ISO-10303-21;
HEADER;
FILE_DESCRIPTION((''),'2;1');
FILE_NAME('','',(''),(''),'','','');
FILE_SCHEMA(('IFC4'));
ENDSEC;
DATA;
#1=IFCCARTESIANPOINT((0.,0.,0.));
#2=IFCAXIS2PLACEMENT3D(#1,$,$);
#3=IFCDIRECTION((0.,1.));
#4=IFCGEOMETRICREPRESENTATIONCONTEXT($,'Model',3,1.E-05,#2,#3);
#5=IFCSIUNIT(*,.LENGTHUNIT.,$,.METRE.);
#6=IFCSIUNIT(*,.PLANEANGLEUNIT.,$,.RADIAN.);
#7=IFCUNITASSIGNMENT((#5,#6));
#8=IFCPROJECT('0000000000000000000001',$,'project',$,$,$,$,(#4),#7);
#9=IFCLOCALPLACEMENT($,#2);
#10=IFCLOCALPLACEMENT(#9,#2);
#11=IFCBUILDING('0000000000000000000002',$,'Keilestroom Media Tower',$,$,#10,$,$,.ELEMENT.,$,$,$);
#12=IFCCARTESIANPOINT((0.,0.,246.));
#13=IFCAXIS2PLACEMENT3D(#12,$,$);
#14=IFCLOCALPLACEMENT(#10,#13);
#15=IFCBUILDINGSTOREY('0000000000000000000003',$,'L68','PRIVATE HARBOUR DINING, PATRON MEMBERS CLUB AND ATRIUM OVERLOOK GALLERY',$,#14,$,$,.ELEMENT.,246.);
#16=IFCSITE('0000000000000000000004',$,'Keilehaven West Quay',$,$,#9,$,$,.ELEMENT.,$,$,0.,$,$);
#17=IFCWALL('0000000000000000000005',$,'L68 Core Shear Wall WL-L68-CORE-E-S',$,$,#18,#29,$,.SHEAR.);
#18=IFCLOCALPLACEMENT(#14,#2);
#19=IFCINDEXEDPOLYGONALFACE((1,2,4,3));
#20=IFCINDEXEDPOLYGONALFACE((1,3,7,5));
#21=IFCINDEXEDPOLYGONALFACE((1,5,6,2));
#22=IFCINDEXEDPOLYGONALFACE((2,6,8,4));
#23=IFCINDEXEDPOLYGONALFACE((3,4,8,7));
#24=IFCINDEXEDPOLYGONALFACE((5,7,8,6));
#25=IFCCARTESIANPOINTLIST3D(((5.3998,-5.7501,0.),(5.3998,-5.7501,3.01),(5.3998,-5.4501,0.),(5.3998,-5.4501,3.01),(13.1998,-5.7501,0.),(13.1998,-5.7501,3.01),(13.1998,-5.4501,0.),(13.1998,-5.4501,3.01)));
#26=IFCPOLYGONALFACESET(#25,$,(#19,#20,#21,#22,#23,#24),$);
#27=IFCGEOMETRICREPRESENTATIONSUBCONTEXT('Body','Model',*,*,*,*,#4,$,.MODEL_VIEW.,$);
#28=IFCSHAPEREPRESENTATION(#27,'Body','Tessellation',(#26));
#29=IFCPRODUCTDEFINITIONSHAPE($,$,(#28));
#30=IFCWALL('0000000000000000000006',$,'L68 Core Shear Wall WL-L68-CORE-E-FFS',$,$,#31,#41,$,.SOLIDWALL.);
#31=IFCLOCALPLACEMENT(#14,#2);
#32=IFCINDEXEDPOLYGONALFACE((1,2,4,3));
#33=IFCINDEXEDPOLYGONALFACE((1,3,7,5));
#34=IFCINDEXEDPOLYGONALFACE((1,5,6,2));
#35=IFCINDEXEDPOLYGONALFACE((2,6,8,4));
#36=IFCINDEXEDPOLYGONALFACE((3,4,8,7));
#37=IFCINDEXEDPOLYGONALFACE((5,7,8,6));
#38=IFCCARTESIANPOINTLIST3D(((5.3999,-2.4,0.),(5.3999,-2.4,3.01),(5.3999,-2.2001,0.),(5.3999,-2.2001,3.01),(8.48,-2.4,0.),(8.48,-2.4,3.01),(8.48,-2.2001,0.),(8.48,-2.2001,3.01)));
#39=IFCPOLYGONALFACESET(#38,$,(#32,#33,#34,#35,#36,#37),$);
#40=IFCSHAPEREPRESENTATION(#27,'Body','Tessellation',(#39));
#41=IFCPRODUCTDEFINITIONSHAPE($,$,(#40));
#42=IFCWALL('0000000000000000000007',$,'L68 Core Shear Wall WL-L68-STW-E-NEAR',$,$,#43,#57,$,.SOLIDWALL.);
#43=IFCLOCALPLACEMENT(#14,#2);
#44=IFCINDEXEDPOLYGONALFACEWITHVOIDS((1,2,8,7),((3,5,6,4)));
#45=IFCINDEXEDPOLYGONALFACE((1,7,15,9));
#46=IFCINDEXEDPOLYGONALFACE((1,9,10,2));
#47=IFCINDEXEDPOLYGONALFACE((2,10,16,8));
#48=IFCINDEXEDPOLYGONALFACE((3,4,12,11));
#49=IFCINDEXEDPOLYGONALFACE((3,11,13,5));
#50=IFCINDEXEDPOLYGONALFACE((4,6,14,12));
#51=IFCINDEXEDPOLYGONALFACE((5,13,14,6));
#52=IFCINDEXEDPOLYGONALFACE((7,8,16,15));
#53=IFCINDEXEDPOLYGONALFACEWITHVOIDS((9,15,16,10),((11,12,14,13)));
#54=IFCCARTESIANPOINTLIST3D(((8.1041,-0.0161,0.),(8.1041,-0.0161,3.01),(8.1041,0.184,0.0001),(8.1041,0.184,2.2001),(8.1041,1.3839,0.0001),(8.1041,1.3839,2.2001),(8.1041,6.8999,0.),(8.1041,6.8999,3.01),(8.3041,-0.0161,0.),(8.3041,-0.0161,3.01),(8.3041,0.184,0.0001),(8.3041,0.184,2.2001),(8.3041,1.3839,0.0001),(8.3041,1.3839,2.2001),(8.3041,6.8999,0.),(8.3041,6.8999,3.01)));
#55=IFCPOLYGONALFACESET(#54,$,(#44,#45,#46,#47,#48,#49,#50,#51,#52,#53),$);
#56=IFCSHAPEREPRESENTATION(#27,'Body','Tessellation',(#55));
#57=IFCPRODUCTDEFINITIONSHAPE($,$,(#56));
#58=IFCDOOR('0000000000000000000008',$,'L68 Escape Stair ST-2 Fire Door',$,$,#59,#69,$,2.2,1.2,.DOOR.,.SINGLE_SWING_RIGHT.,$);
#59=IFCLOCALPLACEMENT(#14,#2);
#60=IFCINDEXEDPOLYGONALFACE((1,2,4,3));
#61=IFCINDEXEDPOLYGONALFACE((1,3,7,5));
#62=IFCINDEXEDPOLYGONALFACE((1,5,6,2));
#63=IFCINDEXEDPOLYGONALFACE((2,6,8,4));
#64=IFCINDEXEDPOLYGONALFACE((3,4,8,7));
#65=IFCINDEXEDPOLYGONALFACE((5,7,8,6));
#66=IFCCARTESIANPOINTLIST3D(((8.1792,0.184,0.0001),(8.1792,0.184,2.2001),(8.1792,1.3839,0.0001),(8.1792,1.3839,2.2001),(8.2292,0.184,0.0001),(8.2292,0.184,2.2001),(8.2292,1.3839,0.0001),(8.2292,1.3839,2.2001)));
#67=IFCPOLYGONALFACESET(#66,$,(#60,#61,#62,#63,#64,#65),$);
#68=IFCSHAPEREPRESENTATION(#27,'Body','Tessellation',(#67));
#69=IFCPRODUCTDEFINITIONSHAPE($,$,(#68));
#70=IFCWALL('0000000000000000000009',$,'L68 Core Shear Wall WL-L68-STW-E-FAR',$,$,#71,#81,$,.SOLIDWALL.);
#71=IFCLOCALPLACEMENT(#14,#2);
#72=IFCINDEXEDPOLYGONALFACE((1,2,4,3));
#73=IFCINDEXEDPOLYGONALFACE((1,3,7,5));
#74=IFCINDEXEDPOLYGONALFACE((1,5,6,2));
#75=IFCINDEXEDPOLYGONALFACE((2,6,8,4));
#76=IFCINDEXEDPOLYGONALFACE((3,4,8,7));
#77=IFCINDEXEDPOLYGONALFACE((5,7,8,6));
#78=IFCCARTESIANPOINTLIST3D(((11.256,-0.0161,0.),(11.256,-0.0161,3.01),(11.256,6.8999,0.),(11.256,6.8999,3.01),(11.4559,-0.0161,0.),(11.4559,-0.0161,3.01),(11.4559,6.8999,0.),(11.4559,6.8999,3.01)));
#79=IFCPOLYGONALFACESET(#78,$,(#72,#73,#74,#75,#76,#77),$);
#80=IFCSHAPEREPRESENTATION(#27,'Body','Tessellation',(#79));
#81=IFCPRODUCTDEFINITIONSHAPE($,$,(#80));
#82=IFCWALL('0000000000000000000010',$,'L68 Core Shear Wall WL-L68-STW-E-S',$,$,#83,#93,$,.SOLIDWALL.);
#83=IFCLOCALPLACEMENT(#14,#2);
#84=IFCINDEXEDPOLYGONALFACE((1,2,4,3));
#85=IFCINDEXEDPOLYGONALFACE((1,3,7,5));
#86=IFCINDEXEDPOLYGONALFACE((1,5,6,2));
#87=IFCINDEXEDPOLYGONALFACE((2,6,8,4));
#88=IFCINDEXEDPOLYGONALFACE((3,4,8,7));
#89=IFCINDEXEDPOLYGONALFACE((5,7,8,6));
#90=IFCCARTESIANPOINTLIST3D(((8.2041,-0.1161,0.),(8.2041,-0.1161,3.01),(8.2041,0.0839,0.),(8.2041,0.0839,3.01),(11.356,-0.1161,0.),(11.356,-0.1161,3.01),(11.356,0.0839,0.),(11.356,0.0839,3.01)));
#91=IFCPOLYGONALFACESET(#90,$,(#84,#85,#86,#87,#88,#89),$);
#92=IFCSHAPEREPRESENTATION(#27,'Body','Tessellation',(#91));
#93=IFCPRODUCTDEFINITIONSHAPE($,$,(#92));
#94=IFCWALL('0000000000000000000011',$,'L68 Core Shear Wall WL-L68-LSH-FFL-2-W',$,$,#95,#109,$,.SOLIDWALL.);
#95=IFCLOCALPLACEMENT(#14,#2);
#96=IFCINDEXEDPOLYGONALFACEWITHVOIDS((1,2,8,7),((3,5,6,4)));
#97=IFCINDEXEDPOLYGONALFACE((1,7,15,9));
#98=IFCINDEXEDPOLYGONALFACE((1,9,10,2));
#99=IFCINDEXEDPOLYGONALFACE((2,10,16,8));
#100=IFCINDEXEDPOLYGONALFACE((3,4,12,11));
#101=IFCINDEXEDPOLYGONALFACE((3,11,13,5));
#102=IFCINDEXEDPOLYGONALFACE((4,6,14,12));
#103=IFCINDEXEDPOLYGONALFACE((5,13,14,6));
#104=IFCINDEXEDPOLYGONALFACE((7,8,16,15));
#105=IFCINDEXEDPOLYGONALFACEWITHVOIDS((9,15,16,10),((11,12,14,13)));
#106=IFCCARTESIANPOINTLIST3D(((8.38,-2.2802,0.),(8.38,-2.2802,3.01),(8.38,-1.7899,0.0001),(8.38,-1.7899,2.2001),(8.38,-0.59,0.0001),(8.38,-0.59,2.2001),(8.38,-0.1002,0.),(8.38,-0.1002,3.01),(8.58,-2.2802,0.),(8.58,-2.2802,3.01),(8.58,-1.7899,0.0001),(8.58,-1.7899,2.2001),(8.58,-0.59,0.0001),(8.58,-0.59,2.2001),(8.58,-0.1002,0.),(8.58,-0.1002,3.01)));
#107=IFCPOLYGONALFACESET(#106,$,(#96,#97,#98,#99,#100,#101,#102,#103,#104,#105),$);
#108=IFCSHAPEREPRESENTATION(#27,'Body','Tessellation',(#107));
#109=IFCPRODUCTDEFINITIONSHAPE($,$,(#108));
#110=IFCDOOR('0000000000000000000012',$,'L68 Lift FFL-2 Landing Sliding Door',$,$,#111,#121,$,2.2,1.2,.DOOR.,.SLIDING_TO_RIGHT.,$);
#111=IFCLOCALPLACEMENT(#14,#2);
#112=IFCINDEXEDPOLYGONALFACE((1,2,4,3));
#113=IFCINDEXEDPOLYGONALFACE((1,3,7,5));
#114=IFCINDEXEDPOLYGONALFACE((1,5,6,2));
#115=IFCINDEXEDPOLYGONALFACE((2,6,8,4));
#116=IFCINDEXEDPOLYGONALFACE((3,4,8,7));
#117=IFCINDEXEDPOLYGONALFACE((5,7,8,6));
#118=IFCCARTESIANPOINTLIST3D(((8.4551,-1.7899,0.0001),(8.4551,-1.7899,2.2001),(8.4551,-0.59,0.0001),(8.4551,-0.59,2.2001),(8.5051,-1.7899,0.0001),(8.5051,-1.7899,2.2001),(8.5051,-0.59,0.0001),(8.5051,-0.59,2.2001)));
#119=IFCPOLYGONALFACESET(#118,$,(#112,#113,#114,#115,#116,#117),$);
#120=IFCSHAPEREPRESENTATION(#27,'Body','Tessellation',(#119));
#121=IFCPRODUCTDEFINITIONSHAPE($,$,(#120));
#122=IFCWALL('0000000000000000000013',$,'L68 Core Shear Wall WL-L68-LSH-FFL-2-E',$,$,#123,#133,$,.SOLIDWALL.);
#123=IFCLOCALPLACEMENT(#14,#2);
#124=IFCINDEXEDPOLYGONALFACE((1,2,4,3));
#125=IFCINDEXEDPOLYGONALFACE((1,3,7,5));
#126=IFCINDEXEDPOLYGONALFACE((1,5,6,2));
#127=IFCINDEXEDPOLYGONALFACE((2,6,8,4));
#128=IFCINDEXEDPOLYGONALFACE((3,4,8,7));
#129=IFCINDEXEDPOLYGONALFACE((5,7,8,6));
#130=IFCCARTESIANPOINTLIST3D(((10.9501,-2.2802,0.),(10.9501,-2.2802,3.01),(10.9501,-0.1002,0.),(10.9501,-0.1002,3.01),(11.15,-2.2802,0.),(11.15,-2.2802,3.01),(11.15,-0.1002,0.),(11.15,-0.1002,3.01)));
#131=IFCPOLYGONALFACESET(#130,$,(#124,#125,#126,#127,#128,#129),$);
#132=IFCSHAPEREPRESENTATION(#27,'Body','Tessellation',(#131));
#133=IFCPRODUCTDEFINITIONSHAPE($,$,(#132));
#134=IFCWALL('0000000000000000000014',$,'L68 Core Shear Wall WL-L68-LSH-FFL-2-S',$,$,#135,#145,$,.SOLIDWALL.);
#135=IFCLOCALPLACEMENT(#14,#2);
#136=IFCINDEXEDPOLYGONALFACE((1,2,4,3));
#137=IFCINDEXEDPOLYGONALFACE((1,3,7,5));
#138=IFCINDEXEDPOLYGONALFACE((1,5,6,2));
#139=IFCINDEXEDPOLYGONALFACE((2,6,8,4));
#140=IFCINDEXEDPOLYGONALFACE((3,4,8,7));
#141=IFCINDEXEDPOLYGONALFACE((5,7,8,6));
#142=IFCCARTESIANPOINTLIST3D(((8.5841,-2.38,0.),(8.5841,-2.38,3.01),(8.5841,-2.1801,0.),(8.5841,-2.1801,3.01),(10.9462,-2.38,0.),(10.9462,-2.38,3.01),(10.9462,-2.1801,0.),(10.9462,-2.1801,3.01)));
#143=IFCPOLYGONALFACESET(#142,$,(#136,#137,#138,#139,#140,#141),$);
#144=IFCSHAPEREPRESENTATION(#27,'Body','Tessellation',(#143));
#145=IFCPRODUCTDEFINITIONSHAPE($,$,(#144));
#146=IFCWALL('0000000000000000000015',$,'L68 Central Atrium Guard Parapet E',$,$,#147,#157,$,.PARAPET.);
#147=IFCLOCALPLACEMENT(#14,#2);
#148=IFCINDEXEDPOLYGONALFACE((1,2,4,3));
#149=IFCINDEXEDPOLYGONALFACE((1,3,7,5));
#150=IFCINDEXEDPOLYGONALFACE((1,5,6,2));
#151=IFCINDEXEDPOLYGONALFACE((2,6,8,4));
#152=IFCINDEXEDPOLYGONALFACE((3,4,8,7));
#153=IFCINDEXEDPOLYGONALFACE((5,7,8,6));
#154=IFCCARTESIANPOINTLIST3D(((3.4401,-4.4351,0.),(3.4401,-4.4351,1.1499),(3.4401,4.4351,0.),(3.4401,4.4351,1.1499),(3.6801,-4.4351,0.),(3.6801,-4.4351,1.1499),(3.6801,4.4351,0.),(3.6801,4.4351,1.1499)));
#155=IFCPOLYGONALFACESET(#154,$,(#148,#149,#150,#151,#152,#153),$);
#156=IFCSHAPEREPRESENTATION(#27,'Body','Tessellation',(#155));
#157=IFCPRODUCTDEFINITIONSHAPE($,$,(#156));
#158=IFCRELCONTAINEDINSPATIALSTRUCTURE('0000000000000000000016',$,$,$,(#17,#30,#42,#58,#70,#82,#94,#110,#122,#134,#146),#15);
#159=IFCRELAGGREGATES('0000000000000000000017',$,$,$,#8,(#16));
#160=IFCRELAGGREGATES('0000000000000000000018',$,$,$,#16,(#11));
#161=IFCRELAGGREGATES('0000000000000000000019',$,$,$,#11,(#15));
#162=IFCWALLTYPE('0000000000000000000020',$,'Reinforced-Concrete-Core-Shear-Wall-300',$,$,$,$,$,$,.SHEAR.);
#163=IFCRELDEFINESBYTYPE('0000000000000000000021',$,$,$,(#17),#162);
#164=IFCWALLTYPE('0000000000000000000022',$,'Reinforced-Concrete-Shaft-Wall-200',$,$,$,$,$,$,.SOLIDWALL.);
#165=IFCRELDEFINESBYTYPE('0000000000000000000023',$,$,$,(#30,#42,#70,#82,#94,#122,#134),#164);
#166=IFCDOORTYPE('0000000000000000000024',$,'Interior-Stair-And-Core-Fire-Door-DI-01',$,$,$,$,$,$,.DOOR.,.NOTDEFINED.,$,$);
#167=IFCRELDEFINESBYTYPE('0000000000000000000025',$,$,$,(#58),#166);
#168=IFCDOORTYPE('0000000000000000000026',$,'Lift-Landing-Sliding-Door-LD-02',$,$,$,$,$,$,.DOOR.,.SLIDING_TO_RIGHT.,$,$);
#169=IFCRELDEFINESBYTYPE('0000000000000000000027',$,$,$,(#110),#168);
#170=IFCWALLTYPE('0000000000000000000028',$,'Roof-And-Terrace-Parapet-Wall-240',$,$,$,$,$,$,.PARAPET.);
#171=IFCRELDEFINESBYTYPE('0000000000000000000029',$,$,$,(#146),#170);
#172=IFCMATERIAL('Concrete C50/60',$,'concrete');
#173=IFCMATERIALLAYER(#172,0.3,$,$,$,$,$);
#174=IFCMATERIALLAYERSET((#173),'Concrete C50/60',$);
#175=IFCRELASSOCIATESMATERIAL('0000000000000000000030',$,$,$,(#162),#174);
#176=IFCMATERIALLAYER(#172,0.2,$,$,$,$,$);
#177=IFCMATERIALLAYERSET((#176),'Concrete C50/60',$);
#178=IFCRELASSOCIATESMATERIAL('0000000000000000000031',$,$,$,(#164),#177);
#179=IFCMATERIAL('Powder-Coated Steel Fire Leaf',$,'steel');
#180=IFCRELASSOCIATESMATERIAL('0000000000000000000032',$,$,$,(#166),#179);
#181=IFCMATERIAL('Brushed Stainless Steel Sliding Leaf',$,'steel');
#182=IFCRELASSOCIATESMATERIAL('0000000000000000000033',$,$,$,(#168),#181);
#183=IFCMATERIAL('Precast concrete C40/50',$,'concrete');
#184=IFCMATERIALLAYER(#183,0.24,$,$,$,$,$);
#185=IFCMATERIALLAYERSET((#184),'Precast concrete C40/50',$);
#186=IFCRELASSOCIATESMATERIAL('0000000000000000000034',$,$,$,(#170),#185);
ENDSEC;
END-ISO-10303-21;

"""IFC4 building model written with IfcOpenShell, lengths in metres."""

from ifc_helpers import new_model, si_unit, direction, frame, frame_2d, origin, place, context, subcontext, project, spatial, rectangle, extrude, source, transform, mapped, material, layer, layer_set, type_object, element, fill, save


model = new_model("IFC4")

# Units and contexts
model_context = context("Model", 3, precision=1e-05, world=origin(), true_north=direction((0.0, 1.0)))
body_context = subcontext(model_context, "Body", "Model", "MODEL_VIEW")
ifc_project = project(units=[si_unit("LENGTHUNIT", "METRE"), si_unit("PLANEANGLEUNIT", "RADIAN")], contexts=[model_context])

# Site, building, storey
site_placement = place(None, origin())
site = spatial("IfcSite", under=ifc_project, at=site_placement, Name="Keilehaven West Quay", CompositionType="ELEMENT", RefElevation=0.0)
building_placement = place(site_placement, origin())
building = spatial("IfcBuilding", under=site, at=building_placement, Name="Keilestroom Media Tower", CompositionType="ELEMENT")
storey_placement = place(building_placement, frame((0.0, 0.0, 246.0)))
storey = spatial("IfcBuildingStorey", under=building, at=storey_placement, Name="L68", Description="PRIVATE HARBOUR DINING, PATRON MEMBERS CLUB AND ATRIUM OVERLOOK GALLERY", CompositionType="ELEMENT", Elevation=246.0)

# Shared definitions
ifc_material_1 = material(Name="Concrete C50/60", Category="concrete")

# Shared definitions
ifc_layer_1 = layer(ifc_material_1, 0.3)
ifc_layer_set_1 = layer_set([ifc_layer_1], Name="Concrete C50/60")
wall_type_1 = type_object("IfcWallType", Name="Reinforced-Concrete-Core-Shear-Wall-300", PredefinedType="SHEAR", material=ifc_layer_set_1)

# Shared definitions
ifc_material_2 = material(Name="Powder-Coated Steel Fire Leaf", Category="steel")
shared_shape_1 = source(origin(), body_context, "Body", "SweptSolid", [
    extrude(rectangle(XDim=1.2, YDim=2.2, at=frame_2d((0.6001, 1.1001))), frame((0.0, 0.0249, 0.0), z_axis=(0.0, -1.0, 0.0), x_axis=(1.0, 0.0, 0.0)), (0.0, 0.0, 1.0), 0.05),
])

# Walls
wall_1_placement = place(storey_placement, frame((5.3999, -5.6001, 0.0), z_axis=(0.0, 0.0, 1.0), x_axis=(1.0, 0.0, 0.0)))
element("IfcWall", 1, at=wall_1_placement, inside=storey, type_object=wall_type_1, Name="L68 Core Shear Wall WL-L68-CORE-E-S", PredefinedType="SHEAR", context=body_context, shape_type="SweptSolid", body=[
    extrude(rectangle(XDim=7.8, YDim=0.3, at=frame_2d((3.8999, 0.0))), origin(), (0.0, 0.0, 1.0), 3.01),
])
ifc_layer_2 = layer(ifc_material_1, 0.2)
ifc_layer_set_2 = layer_set([ifc_layer_2], Name="Concrete C50/60")
wall_type_2 = type_object("IfcWallType", Name="Reinforced-Concrete-Shaft-Wall-200", PredefinedType="SOLIDWALL", material=ifc_layer_set_2)
wall_2_placement = place(storey_placement, frame((5.3999, -2.3, 0.0), z_axis=(0.0, 0.0, 1.0), x_axis=(1.0, 0.0, 0.0)))
element("IfcWall", 2, at=wall_2_placement, inside=storey, type_object=wall_type_2, Name="L68 Core Shear Wall WL-L68-CORE-E-FFS", PredefinedType="SOLIDWALL", context=body_context, shape_type="SweptSolid", body=[
    extrude(rectangle(XDim=3.0801, YDim=0.2, at=frame_2d((1.54, 0.0))), origin(), (0.0, 0.0, 1.0), 3.01),
])

# Wall, opening, door
wall_3_placement = place(storey_placement, frame((8.2041, -0.0161, 0.0), z_axis=(0.0, 0.0, 1.0), x_axis=(0.0, 1.0, 0.0)))
wall_3 = element("IfcWall", 3, at=wall_3_placement, inside=storey, type_object=wall_type_2, Name="L68 Core Shear Wall WL-L68-STW-E-NEAR", PredefinedType="SOLIDWALL", context=body_context, shape_type="SweptSolid", body=[
    extrude(rectangle(XDim=6.916, YDim=0.2, at=frame_2d((3.458, 0.0))), origin(), (0.0, 0.0, 1.0), 3.01),
])
opening_1_placement = place(wall_3_placement, frame((0.2, 0.0, 0.0)))
opening_1 = element("IfcOpeningElement", 4, at=opening_1_placement, cuts=wall_3, PredefinedType="OPENING", context=body_context, shape_type="SweptSolid", body=[
    extrude(rectangle(XDim=1.2, YDim=2.2, at=frame_2d((0.6001, 1.1001))), frame((0.0, 0.1099, 0.0), z_axis=(0.0, -1.0, 0.0), x_axis=(1.0, 0.0, 0.0)), (0.0, 0.0, 1.0), 0.22),
])
door_type_1 = type_object("IfcDoorType", Name="Interior-Stair-And-Core-Fire-Door-DI-01", OperationType="NOTDEFINED", PredefinedType="DOOR", material=ifc_material_2)
door_1_placement = place(opening_1_placement, origin())
door_1 = element("IfcDoor", 5, at=door_1_placement, inside=storey, type_object=door_type_1, Name="L68 Escape Stair ST-2 Fire Door", OperationType="SINGLE_SWING_RIGHT", OverallHeight=2.2, OverallWidth=1.2, PredefinedType="DOOR", context=body_context, shape_type="MappedRepresentation", body=[
    mapped(shared_shape_1, transform((0.0, 0.0, 0.0), x_axis=(1.0, 0.0, 0.0), y_axis=(0.0, 1.0, 0.0), z_axis=(0.0, 0.0, 1.0), scale=1.0)),
])
fill(opening_1, door_1)

# Walls
wall_4_placement = place(storey_placement, frame((11.356, -0.0161, 0.0), z_axis=(0.0, 0.0, 1.0), x_axis=(0.0, 1.0, 0.0)))
element("IfcWall", 6, at=wall_4_placement, inside=storey, type_object=wall_type_2, Name="L68 Core Shear Wall WL-L68-STW-E-FAR", PredefinedType="SOLIDWALL", context=body_context, shape_type="SweptSolid", body=[
    extrude(rectangle(XDim=6.916, YDim=0.2, at=frame_2d((3.458, 0.0))), origin(), (0.0, 0.0, 1.0), 3.01),
])
wall_5_placement = place(storey_placement, frame((8.2041, -0.0161, 0.0), z_axis=(0.0, 0.0, 1.0), x_axis=(1.0, 0.0, 0.0)))
element("IfcWall", 7, at=wall_5_placement, inside=storey, type_object=wall_type_2, Name="L68 Core Shear Wall WL-L68-STW-E-S", PredefinedType="SOLIDWALL", context=body_context, shape_type="SweptSolid", body=[
    extrude(rectangle(XDim=3.1519, YDim=0.2, at=frame_2d((1.5759, 0.0))), origin(), (0.0, 0.0, 1.0), 3.01),
])

# Wall, opening, door
wall_6_placement = place(storey_placement, frame((8.48, -2.28, 0.0), z_axis=(0.0, 0.0, 1.0), x_axis=(0.0, 1.0, 0.0)))
wall_6 = element("IfcWall", 8, at=wall_6_placement, inside=storey, type_object=wall_type_2, Name="L68 Core Shear Wall WL-L68-LSH-FFL-2-W", PredefinedType="SOLIDWALL", context=body_context, shape_type="SweptSolid", body=[
    extrude(rectangle(XDim=2.1799, YDim=0.2, at=frame_2d((1.0898, 0.0))), origin(), (0.0, 0.0, 1.0), 3.01),
])
opening_2_placement = place(wall_6_placement, frame((0.49, 0.0, 0.0)))
opening_2 = element("IfcOpeningElement", 9, at=opening_2_placement, cuts=wall_6, PredefinedType="OPENING", context=body_context, shape_type="SweptSolid", body=[
    extrude(rectangle(XDim=1.2, YDim=2.2, at=frame_2d((0.6001, 1.1001))), frame((0.0, 0.1099, 0.0), z_axis=(0.0, -1.0, 0.0), x_axis=(1.0, 0.0, 0.0)), (0.0, 0.0, 1.0), 0.22),
])
ifc_material_3 = material(Name="Brushed Stainless Steel Sliding Leaf", Category="steel")
door_type_2 = type_object("IfcDoorType", Name="Lift-Landing-Sliding-Door-LD-02", OperationType="SLIDING_TO_RIGHT", PredefinedType="DOOR", material=ifc_material_3)
door_2_placement = place(opening_2_placement, origin())
door_2 = element("IfcDoor", 10, at=door_2_placement, inside=storey, type_object=door_type_2, Name="L68 Lift FFL-2 Landing Sliding Door", OperationType="SLIDING_TO_RIGHT", OverallHeight=2.2, OverallWidth=1.2, PredefinedType="DOOR", context=body_context, shape_type="MappedRepresentation", body=[
    mapped(shared_shape_1, transform((0.0, 0.0, 0.0), x_axis=(1.0, 0.0, 0.0), y_axis=(0.0, 1.0, 0.0), z_axis=(0.0, 0.0, 1.0), scale=1.0)),
])
fill(opening_2, door_2)

# Walls
wall_7_placement = place(storey_placement, frame((11.05, -2.28, 0.0), z_axis=(0.0, 0.0, 1.0), x_axis=(0.0, 1.0, 0.0)))
element("IfcWall", 11, at=wall_7_placement, inside=storey, type_object=wall_type_2, Name="L68 Core Shear Wall WL-L68-LSH-FFL-2-E", PredefinedType="SOLIDWALL", context=body_context, shape_type="SweptSolid", body=[
    extrude(rectangle(XDim=2.1799, YDim=0.2, at=frame_2d((1.0898, 0.0))), origin(), (0.0, 0.0, 1.0), 3.01),
])
wall_8_placement = place(storey_placement, frame((8.584, -2.28, 0.0), z_axis=(0.0, 0.0, 1.0), x_axis=(1.0, 0.0, 0.0)))
element("IfcWall", 12, at=wall_8_placement, inside=storey, type_object=wall_type_2, Name="L68 Core Shear Wall WL-L68-LSH-FFL-2-S", PredefinedType="SOLIDWALL", context=body_context, shape_type="SweptSolid", body=[
    extrude(rectangle(XDim=2.3621, YDim=0.2, at=frame_2d((1.1812, 0.0))), origin(), (0.0, 0.0, 1.0), 3.01),
])
ifc_material_4 = material(Name="Precast concrete C40/50", Category="concrete")
ifc_layer_3 = layer(ifc_material_4, 0.24)
ifc_layer_set_3 = layer_set([ifc_layer_3], Name="Precast concrete C40/50")
wall_type_3 = type_object("IfcWallType", Name="Roof-And-Terrace-Parapet-Wall-240", PredefinedType="PARAPET", material=ifc_layer_set_3)
wall_9_placement = place(storey_placement, frame((3.5601, -4.4351, 0.0), z_axis=(0.0, 0.0, 1.0), x_axis=(0.0, 1.0, 0.0)))
element("IfcWall", 13, at=wall_9_placement, inside=storey, type_object=wall_type_3, Name="L68 Central Atrium Guard Parapet E", PredefinedType="PARAPET", context=body_context, shape_type="SweptSolid", body=[
    extrude(rectangle(XDim=8.8701, YDim=0.24, at=frame_2d((4.4351, 0.0))), origin(), (0.0, 0.0, 1.0), 1.1499),
])

save(model, "model.ifc")
